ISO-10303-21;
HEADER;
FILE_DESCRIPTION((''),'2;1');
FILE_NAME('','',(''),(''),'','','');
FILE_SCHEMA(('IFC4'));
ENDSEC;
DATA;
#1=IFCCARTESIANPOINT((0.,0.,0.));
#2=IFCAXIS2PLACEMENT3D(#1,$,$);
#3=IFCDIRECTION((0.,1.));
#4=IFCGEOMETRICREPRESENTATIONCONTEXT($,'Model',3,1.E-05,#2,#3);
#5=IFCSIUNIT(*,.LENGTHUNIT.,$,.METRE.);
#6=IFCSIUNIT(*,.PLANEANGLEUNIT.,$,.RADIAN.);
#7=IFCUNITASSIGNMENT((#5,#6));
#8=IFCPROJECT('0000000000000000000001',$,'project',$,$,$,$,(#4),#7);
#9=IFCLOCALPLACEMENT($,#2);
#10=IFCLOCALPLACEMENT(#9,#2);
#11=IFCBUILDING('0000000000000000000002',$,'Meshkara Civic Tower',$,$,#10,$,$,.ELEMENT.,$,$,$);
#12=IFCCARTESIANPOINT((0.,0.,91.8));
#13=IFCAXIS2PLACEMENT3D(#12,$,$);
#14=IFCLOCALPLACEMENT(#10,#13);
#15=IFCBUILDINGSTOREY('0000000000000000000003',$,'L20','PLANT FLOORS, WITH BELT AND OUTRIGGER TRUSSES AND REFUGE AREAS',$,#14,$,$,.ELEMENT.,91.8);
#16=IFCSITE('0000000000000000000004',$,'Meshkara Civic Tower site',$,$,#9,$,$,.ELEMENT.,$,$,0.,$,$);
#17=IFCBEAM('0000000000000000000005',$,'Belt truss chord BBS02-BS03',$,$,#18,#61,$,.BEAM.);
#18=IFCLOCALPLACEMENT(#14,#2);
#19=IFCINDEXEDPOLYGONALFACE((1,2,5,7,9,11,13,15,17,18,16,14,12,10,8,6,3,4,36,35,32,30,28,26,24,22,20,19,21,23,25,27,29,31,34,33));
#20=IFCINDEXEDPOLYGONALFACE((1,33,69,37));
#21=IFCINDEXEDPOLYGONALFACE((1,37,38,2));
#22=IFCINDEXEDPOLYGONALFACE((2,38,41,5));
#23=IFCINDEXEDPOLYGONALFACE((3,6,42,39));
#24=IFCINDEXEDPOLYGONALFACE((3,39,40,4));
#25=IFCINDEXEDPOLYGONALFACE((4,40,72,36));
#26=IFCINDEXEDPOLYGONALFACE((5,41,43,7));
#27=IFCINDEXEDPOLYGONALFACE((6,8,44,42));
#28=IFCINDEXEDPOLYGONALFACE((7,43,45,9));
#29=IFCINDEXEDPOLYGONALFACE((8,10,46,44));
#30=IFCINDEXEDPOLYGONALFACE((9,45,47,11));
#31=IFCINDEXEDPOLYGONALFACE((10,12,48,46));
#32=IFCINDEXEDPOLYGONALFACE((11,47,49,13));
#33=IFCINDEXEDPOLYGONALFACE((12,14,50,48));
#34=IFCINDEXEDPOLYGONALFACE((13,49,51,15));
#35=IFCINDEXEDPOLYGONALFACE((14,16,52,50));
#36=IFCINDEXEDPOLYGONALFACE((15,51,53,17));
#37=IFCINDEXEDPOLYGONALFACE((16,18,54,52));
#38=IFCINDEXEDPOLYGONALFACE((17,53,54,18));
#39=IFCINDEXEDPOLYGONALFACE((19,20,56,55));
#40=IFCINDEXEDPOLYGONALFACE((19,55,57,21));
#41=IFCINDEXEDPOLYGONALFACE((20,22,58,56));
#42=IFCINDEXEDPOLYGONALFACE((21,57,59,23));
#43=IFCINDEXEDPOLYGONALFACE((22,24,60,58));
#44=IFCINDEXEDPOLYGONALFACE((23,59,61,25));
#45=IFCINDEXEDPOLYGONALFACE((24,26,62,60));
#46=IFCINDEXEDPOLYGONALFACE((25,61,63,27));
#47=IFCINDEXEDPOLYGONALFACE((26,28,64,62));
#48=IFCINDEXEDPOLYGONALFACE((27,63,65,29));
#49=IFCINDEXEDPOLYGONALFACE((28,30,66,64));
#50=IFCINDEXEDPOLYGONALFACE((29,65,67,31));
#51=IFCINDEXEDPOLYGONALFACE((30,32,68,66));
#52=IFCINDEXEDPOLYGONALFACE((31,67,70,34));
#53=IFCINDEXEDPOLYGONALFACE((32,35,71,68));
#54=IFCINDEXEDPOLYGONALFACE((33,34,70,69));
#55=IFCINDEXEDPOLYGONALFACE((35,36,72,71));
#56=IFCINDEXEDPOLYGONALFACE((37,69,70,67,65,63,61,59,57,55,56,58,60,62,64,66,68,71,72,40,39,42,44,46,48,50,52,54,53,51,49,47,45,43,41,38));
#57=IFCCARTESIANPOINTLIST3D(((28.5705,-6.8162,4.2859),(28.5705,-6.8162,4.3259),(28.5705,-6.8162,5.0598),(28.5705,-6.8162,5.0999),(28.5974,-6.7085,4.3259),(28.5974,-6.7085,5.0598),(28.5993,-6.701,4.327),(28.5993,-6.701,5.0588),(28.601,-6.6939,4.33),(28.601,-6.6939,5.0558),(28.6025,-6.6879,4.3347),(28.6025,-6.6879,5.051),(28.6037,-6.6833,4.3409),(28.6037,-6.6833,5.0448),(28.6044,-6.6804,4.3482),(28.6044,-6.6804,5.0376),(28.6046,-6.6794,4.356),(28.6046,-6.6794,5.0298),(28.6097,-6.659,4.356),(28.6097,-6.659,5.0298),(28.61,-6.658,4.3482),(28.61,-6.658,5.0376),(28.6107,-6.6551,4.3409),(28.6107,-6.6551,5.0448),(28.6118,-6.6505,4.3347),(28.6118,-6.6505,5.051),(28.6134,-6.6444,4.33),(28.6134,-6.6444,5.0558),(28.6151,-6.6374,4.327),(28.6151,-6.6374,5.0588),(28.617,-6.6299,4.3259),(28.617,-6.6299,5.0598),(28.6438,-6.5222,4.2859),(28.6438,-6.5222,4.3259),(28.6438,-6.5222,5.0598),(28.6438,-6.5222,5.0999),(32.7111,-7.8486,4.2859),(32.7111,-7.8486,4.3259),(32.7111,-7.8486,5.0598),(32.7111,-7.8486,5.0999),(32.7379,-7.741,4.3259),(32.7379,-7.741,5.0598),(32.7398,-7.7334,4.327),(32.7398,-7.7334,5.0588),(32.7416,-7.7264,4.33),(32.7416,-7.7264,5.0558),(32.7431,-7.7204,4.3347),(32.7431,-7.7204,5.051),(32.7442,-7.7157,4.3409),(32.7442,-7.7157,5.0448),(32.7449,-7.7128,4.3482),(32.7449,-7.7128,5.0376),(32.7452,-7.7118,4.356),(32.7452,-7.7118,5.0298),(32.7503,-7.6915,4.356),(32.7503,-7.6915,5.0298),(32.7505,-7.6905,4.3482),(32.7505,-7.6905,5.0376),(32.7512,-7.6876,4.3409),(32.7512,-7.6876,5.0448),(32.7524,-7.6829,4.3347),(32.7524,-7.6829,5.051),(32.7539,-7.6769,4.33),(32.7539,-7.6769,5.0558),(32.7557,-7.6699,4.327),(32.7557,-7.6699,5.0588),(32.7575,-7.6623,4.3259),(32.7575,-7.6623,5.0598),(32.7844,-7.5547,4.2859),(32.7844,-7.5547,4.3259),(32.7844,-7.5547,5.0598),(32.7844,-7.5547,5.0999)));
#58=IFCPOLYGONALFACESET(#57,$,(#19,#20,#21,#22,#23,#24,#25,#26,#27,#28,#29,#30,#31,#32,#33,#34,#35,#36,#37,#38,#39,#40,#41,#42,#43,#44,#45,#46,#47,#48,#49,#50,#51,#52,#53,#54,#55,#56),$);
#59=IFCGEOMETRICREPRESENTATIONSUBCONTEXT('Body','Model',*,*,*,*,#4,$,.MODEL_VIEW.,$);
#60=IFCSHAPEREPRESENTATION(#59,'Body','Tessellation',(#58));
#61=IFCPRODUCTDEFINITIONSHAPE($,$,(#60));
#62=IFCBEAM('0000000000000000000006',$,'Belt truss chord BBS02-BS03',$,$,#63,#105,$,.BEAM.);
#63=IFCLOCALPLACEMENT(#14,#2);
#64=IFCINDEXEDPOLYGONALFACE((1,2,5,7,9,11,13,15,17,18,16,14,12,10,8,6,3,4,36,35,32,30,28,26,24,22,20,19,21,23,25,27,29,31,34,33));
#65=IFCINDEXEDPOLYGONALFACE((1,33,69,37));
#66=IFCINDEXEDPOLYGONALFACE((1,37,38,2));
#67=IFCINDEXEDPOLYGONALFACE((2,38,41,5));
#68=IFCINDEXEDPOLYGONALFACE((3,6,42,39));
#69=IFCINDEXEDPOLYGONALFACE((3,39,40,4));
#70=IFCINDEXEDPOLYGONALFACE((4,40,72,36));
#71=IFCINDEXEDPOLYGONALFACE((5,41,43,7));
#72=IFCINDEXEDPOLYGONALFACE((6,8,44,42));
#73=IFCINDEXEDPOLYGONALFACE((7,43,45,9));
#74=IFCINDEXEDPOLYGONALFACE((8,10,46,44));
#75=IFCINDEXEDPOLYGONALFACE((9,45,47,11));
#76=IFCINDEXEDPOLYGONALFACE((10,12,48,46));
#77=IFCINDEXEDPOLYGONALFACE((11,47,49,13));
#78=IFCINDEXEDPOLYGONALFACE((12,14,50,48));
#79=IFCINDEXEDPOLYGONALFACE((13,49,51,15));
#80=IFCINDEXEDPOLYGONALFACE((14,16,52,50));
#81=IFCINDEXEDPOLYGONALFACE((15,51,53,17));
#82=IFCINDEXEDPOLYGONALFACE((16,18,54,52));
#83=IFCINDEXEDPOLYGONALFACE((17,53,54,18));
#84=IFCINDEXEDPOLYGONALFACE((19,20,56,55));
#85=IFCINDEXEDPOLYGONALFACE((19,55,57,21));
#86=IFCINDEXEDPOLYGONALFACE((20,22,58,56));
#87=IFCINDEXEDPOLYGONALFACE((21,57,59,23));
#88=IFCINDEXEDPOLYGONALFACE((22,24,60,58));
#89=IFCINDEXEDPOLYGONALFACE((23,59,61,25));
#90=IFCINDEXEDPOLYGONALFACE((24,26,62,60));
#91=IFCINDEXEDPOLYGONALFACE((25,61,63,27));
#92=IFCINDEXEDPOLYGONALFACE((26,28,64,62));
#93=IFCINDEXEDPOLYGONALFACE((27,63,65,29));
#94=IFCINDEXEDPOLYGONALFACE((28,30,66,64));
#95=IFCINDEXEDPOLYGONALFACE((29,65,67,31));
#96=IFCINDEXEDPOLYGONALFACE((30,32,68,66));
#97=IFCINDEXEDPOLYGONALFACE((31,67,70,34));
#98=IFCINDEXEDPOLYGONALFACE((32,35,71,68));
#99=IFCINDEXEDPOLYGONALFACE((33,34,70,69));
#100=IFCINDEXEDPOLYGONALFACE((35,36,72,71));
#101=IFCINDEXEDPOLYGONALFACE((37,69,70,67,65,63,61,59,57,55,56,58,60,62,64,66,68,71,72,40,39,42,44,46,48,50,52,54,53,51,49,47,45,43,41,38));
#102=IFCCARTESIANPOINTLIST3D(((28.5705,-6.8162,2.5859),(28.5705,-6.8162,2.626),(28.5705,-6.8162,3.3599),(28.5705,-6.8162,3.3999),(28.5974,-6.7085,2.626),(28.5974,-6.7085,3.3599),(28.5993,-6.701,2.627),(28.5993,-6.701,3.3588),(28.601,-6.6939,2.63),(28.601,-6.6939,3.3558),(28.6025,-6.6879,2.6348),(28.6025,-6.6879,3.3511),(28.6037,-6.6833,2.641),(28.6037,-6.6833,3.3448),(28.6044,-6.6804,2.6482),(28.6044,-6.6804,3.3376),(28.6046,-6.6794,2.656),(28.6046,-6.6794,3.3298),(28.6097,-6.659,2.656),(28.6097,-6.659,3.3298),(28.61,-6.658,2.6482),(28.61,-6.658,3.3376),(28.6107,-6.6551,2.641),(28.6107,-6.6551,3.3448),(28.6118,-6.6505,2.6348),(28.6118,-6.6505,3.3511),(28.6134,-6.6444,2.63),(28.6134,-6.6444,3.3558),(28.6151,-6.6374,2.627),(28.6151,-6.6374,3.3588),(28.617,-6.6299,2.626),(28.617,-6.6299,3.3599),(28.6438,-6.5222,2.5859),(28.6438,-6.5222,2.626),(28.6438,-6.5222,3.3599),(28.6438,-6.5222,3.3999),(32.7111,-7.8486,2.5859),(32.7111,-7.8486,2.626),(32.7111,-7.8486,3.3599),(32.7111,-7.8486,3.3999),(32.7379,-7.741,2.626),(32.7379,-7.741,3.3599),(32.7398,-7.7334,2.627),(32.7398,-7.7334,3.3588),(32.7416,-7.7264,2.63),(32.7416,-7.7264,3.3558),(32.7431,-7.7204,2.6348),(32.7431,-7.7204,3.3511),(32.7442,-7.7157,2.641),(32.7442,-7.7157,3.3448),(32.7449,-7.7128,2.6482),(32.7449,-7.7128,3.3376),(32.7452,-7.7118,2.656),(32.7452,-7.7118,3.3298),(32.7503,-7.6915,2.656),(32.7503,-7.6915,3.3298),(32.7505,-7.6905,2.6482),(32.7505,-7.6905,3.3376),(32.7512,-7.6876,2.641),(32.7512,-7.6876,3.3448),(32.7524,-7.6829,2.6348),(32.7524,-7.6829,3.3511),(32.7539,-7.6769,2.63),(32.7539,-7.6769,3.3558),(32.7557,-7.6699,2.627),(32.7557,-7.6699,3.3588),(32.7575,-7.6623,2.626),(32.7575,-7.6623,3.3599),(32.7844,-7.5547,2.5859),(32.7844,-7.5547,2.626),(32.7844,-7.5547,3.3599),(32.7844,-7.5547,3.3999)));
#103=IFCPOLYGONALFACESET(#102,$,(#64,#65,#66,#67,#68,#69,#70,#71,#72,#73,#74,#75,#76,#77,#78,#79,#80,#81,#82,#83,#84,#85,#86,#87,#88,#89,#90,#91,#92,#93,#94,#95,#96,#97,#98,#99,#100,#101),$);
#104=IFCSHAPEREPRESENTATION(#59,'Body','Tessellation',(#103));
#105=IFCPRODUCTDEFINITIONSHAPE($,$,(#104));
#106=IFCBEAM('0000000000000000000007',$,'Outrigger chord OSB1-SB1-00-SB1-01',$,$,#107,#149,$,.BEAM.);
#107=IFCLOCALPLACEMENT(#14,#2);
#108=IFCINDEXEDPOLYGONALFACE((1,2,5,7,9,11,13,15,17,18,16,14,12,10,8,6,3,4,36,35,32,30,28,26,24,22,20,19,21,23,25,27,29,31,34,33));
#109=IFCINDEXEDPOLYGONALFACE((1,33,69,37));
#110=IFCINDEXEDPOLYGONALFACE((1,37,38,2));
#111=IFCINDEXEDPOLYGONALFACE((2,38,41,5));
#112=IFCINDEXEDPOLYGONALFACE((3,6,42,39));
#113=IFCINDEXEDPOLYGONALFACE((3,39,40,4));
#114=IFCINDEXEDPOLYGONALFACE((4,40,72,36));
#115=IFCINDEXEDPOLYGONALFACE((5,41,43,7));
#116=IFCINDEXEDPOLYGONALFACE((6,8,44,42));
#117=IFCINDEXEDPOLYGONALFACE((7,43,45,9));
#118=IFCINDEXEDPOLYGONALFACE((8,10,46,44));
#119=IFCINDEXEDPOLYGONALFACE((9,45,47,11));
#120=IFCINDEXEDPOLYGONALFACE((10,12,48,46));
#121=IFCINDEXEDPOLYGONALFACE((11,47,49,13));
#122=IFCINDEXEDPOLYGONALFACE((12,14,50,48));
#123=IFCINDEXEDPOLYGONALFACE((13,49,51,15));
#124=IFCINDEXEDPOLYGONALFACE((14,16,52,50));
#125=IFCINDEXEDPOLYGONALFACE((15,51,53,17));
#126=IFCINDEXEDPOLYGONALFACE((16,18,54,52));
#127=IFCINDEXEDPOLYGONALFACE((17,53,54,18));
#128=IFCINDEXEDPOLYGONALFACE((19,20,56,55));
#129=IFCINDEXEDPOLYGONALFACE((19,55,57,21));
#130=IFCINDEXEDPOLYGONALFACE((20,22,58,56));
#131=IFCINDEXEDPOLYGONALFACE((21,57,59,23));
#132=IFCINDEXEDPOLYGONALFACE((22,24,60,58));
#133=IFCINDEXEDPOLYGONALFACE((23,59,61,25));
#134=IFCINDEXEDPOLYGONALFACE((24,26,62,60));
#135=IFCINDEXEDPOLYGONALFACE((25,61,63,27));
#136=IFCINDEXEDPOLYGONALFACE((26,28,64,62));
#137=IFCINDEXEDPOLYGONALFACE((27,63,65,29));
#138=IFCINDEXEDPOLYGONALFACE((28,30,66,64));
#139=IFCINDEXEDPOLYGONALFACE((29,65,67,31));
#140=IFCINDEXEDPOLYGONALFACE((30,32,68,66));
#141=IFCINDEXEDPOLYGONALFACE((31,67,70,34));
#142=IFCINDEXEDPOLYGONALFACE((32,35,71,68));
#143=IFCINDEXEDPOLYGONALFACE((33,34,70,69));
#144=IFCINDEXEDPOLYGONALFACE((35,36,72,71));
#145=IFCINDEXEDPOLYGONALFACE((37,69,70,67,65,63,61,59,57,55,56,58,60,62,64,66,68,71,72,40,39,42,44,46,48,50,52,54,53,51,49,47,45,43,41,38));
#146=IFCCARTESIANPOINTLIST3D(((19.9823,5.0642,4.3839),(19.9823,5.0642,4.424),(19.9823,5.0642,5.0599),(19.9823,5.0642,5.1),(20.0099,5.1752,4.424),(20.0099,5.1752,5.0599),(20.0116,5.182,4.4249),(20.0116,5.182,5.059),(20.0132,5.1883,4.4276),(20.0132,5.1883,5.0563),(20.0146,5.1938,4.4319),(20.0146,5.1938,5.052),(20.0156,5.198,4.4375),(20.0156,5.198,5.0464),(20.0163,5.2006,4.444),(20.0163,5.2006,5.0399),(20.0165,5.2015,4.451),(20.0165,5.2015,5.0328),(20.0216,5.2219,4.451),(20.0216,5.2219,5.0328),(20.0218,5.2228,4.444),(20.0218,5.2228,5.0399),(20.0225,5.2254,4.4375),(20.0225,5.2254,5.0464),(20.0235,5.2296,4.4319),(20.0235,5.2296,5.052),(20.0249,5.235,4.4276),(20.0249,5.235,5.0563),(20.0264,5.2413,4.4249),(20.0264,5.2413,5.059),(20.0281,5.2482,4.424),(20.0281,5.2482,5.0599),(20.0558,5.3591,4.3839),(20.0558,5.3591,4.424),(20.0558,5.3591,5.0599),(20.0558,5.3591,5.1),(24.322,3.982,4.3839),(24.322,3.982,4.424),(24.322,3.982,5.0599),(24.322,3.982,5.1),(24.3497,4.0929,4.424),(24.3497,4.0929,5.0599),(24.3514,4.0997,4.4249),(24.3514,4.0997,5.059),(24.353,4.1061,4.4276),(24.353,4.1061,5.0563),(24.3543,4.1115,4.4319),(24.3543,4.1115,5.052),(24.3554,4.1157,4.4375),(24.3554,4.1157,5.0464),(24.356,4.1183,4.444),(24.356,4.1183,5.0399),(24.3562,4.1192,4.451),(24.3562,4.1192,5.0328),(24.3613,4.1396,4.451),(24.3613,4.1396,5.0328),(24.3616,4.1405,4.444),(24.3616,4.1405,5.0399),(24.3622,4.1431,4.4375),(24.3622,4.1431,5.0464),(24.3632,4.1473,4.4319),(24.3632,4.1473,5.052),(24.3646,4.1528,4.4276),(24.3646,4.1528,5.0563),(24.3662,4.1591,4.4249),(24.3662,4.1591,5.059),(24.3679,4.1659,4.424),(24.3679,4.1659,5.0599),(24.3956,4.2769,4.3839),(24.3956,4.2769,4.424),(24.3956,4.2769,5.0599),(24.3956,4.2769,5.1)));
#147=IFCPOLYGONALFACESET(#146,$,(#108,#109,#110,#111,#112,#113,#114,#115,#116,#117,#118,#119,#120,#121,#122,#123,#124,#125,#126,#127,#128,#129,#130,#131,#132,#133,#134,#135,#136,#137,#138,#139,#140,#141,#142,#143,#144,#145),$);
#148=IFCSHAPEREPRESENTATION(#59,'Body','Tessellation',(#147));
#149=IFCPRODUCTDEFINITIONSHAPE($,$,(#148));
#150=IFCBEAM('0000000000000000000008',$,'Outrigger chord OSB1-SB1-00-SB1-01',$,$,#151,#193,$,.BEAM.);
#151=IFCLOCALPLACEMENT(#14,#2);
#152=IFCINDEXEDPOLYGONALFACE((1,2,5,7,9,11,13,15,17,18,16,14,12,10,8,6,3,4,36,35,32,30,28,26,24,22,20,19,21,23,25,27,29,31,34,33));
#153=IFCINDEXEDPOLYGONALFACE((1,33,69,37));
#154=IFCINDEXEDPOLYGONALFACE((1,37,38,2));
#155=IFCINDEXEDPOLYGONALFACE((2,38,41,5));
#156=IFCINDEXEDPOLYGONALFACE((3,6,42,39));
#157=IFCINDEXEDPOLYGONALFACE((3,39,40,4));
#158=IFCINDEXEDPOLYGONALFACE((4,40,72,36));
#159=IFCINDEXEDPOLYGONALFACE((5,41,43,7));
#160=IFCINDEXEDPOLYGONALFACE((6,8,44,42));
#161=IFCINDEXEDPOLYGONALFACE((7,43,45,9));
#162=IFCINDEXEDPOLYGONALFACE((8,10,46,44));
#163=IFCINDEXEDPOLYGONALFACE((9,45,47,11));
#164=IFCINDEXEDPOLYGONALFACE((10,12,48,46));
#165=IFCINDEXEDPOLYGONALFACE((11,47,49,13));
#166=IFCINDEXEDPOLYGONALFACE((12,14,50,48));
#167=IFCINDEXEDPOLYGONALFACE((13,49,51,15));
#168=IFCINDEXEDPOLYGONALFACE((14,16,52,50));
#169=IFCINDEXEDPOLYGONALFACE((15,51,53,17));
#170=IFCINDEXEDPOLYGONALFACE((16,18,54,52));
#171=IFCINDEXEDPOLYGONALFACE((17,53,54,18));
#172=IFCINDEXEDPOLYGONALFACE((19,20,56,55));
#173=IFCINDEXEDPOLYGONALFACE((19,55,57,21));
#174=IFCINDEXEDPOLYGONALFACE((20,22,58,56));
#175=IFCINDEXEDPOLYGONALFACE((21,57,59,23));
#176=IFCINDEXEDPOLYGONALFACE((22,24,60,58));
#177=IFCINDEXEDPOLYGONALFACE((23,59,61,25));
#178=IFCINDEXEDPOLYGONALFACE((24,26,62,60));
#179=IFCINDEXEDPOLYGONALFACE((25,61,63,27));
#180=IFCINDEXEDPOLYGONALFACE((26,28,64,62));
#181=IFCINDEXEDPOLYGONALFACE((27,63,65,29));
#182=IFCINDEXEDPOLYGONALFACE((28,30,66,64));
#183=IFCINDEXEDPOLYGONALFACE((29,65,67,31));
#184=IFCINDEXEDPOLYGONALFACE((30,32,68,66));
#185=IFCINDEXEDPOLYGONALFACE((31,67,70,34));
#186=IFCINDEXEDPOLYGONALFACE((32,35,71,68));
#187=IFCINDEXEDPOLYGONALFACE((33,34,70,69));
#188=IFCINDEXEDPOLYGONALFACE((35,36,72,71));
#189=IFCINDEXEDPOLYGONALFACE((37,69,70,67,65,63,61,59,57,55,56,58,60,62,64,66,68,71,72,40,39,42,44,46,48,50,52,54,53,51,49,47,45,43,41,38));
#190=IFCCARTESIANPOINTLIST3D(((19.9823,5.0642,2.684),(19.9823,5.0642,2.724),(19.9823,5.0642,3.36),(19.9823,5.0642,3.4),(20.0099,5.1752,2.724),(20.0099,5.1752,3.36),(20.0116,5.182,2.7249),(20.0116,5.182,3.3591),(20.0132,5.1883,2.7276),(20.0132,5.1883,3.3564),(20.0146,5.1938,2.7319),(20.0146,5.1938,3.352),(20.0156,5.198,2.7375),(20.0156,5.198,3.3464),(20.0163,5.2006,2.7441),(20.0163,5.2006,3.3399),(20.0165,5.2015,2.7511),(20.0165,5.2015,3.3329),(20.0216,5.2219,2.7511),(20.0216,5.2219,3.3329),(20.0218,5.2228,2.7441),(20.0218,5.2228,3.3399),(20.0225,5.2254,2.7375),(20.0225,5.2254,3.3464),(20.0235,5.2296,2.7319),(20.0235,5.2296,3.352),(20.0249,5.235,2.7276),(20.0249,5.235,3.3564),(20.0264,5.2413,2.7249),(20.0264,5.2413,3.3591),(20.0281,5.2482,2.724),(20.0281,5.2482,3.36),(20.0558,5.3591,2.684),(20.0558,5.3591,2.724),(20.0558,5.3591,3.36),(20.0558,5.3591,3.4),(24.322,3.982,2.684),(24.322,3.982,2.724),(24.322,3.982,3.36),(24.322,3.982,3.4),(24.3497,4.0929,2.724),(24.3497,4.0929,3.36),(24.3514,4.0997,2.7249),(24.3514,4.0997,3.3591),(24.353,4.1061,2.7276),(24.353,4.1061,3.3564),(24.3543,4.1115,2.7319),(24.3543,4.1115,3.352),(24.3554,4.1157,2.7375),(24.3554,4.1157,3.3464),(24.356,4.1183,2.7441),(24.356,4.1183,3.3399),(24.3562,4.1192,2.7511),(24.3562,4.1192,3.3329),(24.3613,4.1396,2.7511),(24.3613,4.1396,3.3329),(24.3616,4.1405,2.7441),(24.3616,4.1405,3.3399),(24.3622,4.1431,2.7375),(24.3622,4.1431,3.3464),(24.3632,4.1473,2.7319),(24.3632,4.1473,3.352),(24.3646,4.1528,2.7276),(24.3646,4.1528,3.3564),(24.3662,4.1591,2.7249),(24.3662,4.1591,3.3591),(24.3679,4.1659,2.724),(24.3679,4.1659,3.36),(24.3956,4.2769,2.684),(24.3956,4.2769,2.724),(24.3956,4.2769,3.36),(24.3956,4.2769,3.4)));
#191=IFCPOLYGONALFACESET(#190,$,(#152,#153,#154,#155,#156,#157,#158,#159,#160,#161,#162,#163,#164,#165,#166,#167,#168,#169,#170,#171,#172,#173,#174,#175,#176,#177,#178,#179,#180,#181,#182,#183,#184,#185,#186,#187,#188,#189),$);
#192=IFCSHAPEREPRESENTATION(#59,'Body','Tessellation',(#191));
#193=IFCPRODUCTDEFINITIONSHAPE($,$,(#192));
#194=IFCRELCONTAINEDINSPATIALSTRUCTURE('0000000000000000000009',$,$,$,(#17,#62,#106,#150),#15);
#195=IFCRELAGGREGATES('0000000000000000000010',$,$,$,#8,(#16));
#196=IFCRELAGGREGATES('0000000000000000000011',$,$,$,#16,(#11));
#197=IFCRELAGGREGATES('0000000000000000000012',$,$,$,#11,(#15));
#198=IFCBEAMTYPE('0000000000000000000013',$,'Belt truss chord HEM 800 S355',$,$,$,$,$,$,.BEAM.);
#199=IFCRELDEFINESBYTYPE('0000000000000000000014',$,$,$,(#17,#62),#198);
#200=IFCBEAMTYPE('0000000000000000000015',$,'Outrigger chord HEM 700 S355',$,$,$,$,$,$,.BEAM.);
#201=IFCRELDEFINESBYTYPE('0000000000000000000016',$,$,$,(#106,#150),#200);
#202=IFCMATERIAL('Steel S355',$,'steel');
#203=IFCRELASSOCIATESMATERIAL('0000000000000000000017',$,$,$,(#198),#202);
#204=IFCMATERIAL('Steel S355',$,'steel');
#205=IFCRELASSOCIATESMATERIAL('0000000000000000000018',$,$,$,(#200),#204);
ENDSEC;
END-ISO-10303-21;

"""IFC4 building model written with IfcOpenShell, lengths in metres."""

from ifc_helpers import new_model, si_unit, direction, frame, origin, origin_2d, place, context, subcontext, project, spatial, i_section, extrude, material, material_profile, profile_set, type_object, element, save


model = new_model("IFC4")

# Units and contexts
model_context = context("Model", 3, precision=1e-05, world=origin(), true_north=direction((0.0, 1.0)))
body_context = subcontext(model_context, "Body", "Model", "MODEL_VIEW")
ifc_project = project(units=[si_unit("LENGTHUNIT", "METRE"), si_unit("PLANEANGLEUNIT", "RADIAN")], contexts=[model_context])

# Site, building, storey
site_placement = place(None, origin())
site = spatial("IfcSite", under=ifc_project, at=site_placement, Name="Meshkara Civic Tower site", CompositionType="ELEMENT", RefElevation=0.0)
building_placement = place(site_placement, origin())
building = spatial("IfcBuilding", under=site, at=building_placement, Name="Meshkara Civic Tower", CompositionType="ELEMENT")
storey_placement = place(building_placement, frame((0.0, 0.0, 91.8)))
storey = spatial("IfcBuildingStorey", under=building, at=storey_placement, Name="L20", Description="PLANT FLOORS, WITH BELT AND OUTRIGGER TRUSSES AND REFUGE AREAS", CompositionType="ELEMENT", Elevation=91.8)

# Beams
ifc_material_1 = material(Name="Steel S355", Category="steel")
ifc_material_profile_1 = material_profile(ifc_material_1, i_section(OverallWidth=0.303, OverallDepth=0.814, WebThickness=0.021, FlangeThickness=0.04, FilletRadius=0.03, at=origin_2d()))
ifc_profile_set_1 = profile_set([ifc_material_profile_1], Name="Steel S355")
beam_type_1 = type_object("IfcBeamType", Name="Belt truss chord HEM 800 S355", PredefinedType="BEAM", material=ifc_profile_set_1)
for number, where, z_axis, x_axis, name in (
    (1, (28.6072, -6.6692, 4.6929), (0.97029, -0.241943, 0.0), (0.241943, 0.97029, 0.0), "Belt truss chord BBS02-BS03"),
    (2, (28.6072, -6.6692, 2.9929), (0.97029, -0.241943, 0.0), (0.241943, 0.97029, 0.0), "Belt truss chord BBS02-BS03"),
):
    element("IfcBeam", number, at=place(storey_placement, frame(where, z_axis=z_axis, x_axis=x_axis)), inside=storey, type_object=beam_type_1, Name=name, PredefinedType="BEAM", context=body_context, shape_type="SweptSolid", body=[
        extrude(i_section(OverallWidth=0.303, OverallDepth=0.814, WebThickness=0.021, FlangeThickness=0.04, FilletRadius=0.03, at=origin_2d()), origin(), (0.0, 0.0, 1.0), 4.2673),
    ])
ifc_material_2 = material(Name="Steel S355", Category="steel")
ifc_material_profile_2 = material_profile(ifc_material_2, i_section(OverallWidth=0.304, OverallDepth=0.7161, WebThickness=0.021, FlangeThickness=0.04, FilletRadius=0.0271, at=origin_2d()))
ifc_profile_set_2 = profile_set([ifc_material_profile_2], Name="Steel S355")
beam_type_2 = type_object("IfcBeamType", Name="Outrigger chord HEM 700 S355", PredefinedType="BEAM", material=ifc_profile_set_2)
for number, where, z_axis, x_axis, name in (
    (3, (20.019, 5.2117, 4.7419), (0.970284, -0.24197, 0.0), (0.24197, 0.970284, 0.0), "Outrigger chord OSB1-SB1-00-SB1-01"),
    (4, (20.019, 5.2117, 3.042), (0.970284, -0.24197, 0.0), (0.24197, 0.970284, 0.0), "Outrigger chord OSB1-SB1-00-SB1-01"),
):
    element("IfcBeam", number, at=place(storey_placement, frame(where, z_axis=z_axis, x_axis=x_axis)), inside=storey, type_object=beam_type_2, Name=name, PredefinedType="BEAM", context=body_context, shape_type="SweptSolid", body=[
        extrude(i_section(OverallWidth=0.304, OverallDepth=0.7161, WebThickness=0.021, FlangeThickness=0.04, FilletRadius=0.0271, at=origin_2d()), origin(), (0.0, 0.0, 1.0), 4.4727),
    ])

save(model, "model.ifc")
